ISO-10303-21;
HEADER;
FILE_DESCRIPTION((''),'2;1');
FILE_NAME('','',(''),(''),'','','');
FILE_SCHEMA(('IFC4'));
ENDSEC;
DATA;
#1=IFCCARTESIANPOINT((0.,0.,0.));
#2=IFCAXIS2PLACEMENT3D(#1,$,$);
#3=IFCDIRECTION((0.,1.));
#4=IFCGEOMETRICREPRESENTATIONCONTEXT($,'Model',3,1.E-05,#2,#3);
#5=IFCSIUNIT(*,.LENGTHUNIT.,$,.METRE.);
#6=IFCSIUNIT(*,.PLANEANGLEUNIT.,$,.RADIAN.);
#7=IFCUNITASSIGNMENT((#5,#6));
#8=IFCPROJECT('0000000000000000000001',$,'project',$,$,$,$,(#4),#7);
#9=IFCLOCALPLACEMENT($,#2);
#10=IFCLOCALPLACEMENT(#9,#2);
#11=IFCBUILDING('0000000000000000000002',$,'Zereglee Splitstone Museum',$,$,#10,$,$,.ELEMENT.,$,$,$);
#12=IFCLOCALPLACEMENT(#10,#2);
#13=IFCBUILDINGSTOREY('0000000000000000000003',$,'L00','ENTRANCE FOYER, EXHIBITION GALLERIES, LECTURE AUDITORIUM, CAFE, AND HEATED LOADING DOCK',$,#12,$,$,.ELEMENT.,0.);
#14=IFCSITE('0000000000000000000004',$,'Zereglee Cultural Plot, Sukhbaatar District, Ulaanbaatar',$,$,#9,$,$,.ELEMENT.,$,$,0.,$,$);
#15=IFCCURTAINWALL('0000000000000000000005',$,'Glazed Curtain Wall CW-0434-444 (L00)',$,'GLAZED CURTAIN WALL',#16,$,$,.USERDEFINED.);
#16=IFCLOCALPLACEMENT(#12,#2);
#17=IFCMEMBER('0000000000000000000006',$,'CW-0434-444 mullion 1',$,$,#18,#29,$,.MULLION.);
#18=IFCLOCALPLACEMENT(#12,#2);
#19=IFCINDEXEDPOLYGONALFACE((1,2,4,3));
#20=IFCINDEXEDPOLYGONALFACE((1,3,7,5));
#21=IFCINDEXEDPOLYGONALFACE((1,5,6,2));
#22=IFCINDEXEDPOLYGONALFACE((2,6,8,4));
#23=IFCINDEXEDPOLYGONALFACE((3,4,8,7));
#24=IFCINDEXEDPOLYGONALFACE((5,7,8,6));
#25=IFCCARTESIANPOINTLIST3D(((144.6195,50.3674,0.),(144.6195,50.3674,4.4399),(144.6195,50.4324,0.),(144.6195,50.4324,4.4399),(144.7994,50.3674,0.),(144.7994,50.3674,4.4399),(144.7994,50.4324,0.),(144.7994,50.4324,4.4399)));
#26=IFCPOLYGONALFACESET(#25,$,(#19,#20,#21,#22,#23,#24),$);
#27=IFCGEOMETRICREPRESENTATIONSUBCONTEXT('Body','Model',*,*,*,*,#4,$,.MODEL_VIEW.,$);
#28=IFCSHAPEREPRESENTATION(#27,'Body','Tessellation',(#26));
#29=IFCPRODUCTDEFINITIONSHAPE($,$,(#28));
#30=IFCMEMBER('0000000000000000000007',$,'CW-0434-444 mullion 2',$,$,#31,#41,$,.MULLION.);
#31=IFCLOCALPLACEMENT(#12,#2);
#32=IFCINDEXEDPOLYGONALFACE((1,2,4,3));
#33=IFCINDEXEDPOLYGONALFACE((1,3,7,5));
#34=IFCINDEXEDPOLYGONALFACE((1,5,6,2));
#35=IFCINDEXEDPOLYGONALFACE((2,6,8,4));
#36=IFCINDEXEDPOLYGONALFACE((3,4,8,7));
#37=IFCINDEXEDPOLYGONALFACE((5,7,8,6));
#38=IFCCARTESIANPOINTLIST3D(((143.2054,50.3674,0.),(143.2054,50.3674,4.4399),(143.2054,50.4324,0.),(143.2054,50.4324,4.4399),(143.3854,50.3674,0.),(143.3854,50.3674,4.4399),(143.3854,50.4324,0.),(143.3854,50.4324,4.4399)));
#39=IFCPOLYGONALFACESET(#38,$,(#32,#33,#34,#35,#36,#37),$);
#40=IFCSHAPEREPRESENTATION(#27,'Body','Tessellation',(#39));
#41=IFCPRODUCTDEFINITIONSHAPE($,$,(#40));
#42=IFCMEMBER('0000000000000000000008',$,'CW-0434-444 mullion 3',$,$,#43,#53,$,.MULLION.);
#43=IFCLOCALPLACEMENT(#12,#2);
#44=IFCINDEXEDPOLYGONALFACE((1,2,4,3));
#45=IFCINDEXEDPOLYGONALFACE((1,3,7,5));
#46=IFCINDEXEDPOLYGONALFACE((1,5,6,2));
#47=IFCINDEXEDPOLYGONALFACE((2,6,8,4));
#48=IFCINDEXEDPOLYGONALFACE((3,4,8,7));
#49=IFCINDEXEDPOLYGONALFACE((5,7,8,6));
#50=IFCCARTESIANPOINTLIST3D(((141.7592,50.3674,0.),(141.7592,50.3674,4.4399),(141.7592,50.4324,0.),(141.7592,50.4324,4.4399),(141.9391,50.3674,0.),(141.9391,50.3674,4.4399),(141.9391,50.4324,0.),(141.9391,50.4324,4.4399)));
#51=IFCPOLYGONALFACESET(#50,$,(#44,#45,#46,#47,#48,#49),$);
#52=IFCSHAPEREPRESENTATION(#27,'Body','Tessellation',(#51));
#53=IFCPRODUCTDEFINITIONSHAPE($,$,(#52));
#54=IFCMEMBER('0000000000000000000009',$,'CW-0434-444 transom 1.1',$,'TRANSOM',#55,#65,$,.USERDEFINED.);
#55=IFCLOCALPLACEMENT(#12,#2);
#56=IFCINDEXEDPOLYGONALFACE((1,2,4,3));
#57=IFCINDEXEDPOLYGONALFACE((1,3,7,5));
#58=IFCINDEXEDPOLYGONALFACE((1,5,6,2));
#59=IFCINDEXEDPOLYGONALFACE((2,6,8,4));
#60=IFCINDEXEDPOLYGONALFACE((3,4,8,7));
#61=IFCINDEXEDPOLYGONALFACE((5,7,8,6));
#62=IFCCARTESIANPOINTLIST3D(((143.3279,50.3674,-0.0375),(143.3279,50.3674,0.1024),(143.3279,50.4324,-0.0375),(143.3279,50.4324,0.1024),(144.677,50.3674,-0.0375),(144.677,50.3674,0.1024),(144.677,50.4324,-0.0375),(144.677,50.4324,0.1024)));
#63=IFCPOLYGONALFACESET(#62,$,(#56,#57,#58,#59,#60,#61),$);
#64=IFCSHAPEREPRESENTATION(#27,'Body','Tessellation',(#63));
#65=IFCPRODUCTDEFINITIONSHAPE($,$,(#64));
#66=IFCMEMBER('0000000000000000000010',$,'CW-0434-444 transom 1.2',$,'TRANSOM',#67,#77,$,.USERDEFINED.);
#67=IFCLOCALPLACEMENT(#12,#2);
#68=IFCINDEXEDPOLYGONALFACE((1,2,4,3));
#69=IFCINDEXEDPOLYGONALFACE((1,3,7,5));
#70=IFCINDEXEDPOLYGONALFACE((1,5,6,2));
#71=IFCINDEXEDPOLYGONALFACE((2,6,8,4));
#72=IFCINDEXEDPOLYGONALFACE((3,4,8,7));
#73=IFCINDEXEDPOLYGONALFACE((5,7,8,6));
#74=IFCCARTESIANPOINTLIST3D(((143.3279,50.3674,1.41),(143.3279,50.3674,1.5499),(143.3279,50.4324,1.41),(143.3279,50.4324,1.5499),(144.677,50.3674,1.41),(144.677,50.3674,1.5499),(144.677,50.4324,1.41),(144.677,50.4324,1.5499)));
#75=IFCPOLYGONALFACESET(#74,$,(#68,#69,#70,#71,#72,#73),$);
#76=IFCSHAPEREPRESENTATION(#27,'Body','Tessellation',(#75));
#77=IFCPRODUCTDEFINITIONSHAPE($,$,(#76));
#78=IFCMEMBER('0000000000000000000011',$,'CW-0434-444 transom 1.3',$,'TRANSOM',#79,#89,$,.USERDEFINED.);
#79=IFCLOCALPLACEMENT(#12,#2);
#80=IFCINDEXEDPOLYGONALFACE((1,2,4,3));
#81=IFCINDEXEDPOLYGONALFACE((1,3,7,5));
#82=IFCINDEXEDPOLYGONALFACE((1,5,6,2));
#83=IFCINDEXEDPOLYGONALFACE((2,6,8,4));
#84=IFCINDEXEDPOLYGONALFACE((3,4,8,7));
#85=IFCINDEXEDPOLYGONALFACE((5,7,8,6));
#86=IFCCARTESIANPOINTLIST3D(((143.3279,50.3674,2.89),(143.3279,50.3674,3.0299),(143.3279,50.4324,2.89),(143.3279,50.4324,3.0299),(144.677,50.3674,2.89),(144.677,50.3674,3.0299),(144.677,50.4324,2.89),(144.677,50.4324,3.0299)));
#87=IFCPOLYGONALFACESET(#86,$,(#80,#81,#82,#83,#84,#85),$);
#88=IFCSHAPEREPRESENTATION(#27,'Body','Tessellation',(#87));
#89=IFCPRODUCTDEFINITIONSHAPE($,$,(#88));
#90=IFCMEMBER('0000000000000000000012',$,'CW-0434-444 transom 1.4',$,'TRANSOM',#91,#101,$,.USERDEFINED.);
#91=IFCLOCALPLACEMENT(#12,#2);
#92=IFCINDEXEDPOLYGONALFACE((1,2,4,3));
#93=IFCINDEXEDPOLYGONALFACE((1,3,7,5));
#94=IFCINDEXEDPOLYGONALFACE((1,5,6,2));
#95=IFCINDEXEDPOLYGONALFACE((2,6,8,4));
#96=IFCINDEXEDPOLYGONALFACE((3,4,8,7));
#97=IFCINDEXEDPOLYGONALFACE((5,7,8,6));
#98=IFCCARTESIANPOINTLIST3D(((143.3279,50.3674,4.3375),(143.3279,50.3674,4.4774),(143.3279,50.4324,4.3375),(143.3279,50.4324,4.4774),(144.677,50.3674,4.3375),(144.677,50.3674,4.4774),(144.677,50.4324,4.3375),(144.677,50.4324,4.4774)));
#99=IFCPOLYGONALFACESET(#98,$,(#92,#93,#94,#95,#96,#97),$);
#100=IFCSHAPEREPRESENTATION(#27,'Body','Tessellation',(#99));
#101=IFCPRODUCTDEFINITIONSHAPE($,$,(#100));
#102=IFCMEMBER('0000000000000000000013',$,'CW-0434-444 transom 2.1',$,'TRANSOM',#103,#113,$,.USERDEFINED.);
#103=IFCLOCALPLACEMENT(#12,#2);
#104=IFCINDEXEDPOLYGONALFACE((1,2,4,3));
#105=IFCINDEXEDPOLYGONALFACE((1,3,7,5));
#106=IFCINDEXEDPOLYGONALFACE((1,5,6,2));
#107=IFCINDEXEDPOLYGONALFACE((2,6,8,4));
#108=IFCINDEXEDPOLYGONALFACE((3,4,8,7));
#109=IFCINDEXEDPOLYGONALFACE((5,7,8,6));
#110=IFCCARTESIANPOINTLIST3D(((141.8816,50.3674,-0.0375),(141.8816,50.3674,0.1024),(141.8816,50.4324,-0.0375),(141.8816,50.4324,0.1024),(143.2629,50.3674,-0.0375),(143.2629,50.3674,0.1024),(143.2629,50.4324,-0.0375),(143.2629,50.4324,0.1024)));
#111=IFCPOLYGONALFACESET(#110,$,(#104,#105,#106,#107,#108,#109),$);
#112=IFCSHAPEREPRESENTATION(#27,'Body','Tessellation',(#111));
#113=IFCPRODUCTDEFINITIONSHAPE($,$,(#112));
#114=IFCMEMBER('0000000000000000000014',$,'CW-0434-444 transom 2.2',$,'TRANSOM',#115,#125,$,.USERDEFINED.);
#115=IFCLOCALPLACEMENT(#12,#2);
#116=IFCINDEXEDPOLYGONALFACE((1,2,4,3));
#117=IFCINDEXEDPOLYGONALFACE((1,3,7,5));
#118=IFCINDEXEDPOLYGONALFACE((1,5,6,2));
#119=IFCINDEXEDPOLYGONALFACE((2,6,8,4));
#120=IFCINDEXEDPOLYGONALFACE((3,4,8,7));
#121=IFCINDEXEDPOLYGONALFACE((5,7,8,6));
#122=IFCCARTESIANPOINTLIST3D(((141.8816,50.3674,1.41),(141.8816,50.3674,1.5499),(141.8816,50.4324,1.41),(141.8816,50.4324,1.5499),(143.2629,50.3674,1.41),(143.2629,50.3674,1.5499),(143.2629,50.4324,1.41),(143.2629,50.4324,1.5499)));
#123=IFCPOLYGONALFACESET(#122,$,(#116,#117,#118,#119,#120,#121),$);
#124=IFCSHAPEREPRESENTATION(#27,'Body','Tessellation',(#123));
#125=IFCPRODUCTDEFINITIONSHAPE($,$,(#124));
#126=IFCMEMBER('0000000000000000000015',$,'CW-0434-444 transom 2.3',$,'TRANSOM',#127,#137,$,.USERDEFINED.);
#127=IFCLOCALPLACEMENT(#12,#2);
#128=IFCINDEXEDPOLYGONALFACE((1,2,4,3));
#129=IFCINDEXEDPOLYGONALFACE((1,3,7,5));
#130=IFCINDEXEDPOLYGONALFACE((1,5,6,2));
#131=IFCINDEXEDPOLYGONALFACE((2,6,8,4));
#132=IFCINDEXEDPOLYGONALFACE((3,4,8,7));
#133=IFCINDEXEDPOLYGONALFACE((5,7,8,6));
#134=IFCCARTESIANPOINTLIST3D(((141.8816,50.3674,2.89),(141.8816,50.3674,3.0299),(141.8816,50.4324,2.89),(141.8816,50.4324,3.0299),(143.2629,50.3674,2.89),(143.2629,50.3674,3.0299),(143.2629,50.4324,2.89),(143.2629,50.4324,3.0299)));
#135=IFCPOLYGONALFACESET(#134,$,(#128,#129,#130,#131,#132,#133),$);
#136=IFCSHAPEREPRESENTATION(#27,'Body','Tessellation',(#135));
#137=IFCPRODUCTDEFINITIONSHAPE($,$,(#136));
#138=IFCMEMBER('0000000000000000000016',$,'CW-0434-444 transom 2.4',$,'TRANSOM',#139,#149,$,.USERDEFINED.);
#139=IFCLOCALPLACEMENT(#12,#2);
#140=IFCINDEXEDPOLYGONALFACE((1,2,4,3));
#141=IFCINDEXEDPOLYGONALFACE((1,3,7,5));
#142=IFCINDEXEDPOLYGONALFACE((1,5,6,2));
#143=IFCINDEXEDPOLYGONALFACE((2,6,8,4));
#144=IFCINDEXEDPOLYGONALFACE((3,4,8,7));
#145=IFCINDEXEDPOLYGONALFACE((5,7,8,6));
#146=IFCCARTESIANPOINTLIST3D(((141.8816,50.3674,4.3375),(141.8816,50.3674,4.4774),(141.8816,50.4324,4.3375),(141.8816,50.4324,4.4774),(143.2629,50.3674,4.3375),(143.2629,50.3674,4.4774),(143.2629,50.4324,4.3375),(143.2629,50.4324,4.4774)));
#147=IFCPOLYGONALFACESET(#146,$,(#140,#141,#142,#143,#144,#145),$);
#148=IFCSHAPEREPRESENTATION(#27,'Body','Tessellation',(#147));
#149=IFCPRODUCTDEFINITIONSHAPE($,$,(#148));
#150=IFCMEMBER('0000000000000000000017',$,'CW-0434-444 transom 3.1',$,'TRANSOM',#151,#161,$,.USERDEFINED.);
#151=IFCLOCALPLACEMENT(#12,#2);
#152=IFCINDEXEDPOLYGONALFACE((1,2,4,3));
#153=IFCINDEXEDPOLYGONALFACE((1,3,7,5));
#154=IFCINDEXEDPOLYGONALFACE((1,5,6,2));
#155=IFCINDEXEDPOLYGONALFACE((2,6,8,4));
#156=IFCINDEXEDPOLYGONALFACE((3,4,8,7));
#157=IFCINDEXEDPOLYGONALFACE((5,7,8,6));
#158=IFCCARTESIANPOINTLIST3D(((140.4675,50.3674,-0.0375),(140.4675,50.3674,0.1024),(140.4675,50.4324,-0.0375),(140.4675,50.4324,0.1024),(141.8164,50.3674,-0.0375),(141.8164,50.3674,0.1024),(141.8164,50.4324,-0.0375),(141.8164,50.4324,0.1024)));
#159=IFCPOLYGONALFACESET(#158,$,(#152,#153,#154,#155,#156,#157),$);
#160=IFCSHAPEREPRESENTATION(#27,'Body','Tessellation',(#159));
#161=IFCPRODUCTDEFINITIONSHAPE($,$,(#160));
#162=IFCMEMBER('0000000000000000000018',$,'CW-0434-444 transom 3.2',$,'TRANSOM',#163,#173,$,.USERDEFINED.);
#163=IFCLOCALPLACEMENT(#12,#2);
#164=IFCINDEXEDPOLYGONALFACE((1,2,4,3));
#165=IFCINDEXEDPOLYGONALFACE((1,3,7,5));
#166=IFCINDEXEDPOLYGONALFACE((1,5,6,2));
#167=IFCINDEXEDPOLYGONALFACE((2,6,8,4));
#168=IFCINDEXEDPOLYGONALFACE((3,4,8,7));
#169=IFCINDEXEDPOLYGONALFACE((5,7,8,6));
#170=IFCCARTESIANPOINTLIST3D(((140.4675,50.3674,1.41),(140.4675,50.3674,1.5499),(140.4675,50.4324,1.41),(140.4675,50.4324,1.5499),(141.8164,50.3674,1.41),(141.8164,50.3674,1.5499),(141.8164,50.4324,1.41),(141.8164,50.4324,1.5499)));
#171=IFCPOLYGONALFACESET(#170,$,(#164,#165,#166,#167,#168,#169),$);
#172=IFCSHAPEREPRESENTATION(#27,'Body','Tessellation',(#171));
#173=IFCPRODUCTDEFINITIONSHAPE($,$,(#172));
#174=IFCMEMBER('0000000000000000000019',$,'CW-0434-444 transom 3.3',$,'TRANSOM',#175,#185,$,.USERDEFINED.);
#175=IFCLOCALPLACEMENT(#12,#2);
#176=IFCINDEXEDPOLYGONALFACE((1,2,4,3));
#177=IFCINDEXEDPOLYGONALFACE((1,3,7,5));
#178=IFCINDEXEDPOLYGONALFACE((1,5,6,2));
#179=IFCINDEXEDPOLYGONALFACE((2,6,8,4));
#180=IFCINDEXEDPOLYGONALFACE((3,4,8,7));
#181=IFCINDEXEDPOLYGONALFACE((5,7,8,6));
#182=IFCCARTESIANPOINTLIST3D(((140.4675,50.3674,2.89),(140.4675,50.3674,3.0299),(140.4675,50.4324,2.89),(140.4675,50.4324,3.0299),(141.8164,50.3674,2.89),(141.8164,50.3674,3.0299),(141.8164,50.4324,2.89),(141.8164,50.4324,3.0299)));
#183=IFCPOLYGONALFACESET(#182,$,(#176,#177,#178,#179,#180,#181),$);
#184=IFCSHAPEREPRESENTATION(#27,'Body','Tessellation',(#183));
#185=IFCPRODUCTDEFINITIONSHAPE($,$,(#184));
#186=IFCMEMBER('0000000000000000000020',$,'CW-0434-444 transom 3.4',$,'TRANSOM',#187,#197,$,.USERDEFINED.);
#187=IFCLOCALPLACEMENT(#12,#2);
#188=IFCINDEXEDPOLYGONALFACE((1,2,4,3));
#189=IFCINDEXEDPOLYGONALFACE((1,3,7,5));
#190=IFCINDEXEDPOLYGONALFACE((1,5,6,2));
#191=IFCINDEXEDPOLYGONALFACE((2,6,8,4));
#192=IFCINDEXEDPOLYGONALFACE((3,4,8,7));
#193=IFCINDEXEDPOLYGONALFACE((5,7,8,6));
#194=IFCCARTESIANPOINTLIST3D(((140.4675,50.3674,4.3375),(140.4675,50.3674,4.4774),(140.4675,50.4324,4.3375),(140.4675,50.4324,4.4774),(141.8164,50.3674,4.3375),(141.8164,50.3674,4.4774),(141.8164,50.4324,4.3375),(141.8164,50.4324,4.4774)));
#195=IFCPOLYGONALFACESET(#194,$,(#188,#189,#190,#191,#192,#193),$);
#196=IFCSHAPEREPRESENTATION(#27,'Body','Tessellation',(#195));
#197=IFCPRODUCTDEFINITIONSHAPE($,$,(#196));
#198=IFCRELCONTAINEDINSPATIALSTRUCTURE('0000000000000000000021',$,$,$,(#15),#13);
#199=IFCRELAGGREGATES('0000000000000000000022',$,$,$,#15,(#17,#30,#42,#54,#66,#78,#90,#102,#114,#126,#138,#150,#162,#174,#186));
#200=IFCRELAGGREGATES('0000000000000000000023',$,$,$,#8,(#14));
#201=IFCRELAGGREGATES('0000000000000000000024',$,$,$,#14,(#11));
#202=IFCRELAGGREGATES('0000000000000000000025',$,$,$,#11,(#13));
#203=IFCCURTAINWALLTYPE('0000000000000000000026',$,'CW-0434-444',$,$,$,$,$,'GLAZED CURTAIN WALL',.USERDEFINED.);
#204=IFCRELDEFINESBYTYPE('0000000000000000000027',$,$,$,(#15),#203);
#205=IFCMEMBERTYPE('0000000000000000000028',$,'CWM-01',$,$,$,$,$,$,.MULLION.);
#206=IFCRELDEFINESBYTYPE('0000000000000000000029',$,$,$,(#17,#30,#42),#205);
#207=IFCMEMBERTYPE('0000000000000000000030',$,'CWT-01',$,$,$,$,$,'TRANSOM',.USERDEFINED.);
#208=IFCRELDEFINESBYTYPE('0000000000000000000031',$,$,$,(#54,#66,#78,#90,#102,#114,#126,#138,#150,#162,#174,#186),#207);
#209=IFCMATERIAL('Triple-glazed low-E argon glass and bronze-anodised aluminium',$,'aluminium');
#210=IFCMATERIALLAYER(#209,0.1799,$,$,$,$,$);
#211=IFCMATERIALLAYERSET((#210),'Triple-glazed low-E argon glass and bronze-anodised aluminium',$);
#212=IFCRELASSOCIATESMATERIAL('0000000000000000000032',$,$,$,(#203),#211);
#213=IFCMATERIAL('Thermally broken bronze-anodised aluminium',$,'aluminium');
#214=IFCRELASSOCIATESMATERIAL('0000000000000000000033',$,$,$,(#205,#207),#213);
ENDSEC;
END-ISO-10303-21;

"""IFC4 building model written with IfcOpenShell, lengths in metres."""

from ifc_helpers import new_model, si_unit, direction, frame, origin, origin_2d, place, context, subcontext, project, spatial, rectangle, extrude, material, layer, layer_set, material_profile, profile_set, type_object, element, aggregate, save


model = new_model("IFC4")

# Units and contexts
model_context = context("Model", 3, precision=1e-05, world=origin(), true_north=direction((0.0, 1.0)))
body_context = subcontext(model_context, "Body", "Model", "MODEL_VIEW")
ifc_project = project(units=[si_unit("LENGTHUNIT", "METRE"), si_unit("PLANEANGLEUNIT", "RADIAN")], contexts=[model_context])

# Site, building, storey
site_placement = place(None, origin())
site = spatial("IfcSite", under=ifc_project, at=site_placement, Name="Zereglee Cultural Plot, Sukhbaatar District, Ulaanbaatar", CompositionType="ELEMENT", RefElevation=0.0)
building_placement = place(site_placement, origin())
building = spatial("IfcBuilding", under=site, at=building_placement, Name="Zereglee Splitstone Museum", CompositionType="ELEMENT")
storey_placement = place(building_placement, origin())
storey = spatial("IfcBuildingStorey", under=building, at=storey_placement, Name="L00", Description="ENTRANCE FOYER, EXHIBITION GALLERIES, LECTURE AUDITORIUM, CAFE, AND HEATED LOADING DOCK", CompositionType="ELEMENT", Elevation=0.0)

# Curtain wall, members
ifc_material_1 = material(Name="Triple-glazed low-E argon glass and bronze-anodised aluminium", Category="aluminium")
ifc_layer_1 = layer(ifc_material_1, 0.1799)
ifc_layer_set_1 = layer_set([ifc_layer_1], Name="Triple-glazed low-E argon glass and bronze-anodised aluminium")
curtain_wall_type = type_object("IfcCurtainWallType", Name="CW-0434-444", ElementType="GLAZED CURTAIN WALL", PredefinedType="USERDEFINED", material=ifc_layer_set_1)
curtain_wall_placement = place(storey_placement, origin())
curtain_wall = element("IfcCurtainWall", 1, at=curtain_wall_placement, inside=storey, type_object=curtain_wall_type, Name="Glazed Curtain Wall CW-0434-444 (L00)", ObjectType="GLAZED CURTAIN WALL", PredefinedType="USERDEFINED")
ifc_material_2 = material(Name="Thermally broken bronze-anodised aluminium", Category="aluminium")
ifc_material_profile_1 = material_profile(ifc_material_2, rectangle(XDim=0.0649, YDim=0.1799, at=origin_2d()), Name="CW MULL 65x180")
ifc_profile_set_1 = profile_set([ifc_material_profile_1], Name="Thermally broken bronze-anodised aluminium")
member_type_1 = type_object("IfcMemberType", Name="CWM-01", PredefinedType="MULLION", material=ifc_profile_set_1)
member_1_placement = place(storey_placement, frame((144.7095, 50.3999, 0.0), z_axis=(0.0, 0.0, 1.0), x_axis=(0.0, -1.0, 0.0)))
member_1 = element("IfcMember", 2, at=member_1_placement, type_object=member_type_1, Name="CW-0434-444 mullion 1", PredefinedType="MULLION", context=body_context, shape_type="SweptSolid", body=[
    extrude(rectangle(XDim=0.0649, YDim=0.1799, at=origin_2d()), origin(), (0.0, 0.0, 1.0), 4.4399),
])
member_2_placement = place(storey_placement, frame((143.2954, 50.3999, 0.0), z_axis=(0.0, 0.0, 1.0), x_axis=(0.0, -1.0, 0.0)))
member_2 = element("IfcMember", 3, at=member_2_placement, type_object=member_type_1, Name="CW-0434-444 mullion 2", PredefinedType="MULLION", context=body_context, shape_type="SweptSolid", body=[
    extrude(rectangle(XDim=0.0649, YDim=0.1799, at=origin_2d()), origin(), (0.0, 0.0, 1.0), 4.4399),
])
member_3_placement = place(storey_placement, frame((141.8491, 50.3999, 0.0), z_axis=(0.0, 0.0, 1.0), x_axis=(0.0, -1.0, 0.0)))
member_3 = element("IfcMember", 4, at=member_3_placement, type_object=member_type_1, Name="CW-0434-444 mullion 3", PredefinedType="MULLION", context=body_context, shape_type="SweptSolid", body=[
    extrude(rectangle(XDim=0.0649, YDim=0.1799, at=origin_2d()), origin(), (0.0, 0.0, 1.0), 4.4399),
])
ifc_material_profile_2 = material_profile(ifc_material_2, rectangle(XDim=0.0649, YDim=0.1399, at=origin_2d()), Name="CW TRAN 65x140")
ifc_profile_set_2 = profile_set([ifc_material_profile_2], Name="Thermally broken bronze-anodised aluminium")
member_type_2 = type_object("IfcMemberType", Name="CWT-01", ElementType="TRANSOM", PredefinedType="USERDEFINED", material=ifc_profile_set_2)
member_4_placement = place(storey_placement, frame((144.677, 50.3999, 0.0325), z_axis=(-1.0, 0.0, 0.0), x_axis=(0.0, -1.0, 0.0)))
member_4 = element("IfcMember", 5, at=member_4_placement, type_object=member_type_2, Name="CW-0434-444 transom 1.1", ObjectType="TRANSOM", PredefinedType="USERDEFINED", context=body_context, shape_type="SweptSolid", body=[
    extrude(rectangle(XDim=0.0649, YDim=0.1399, at=origin_2d()), origin(), (0.0, 0.0, 1.0), 1.3491),
])
member_5_placement = place(storey_placement, frame((144.677, 50.3999, 1.48), z_axis=(-1.0, 0.0, 0.0), x_axis=(0.0, -1.0, 0.0)))
member_5 = element("IfcMember", 6, at=member_5_placement, type_object=member_type_2, Name="CW-0434-444 transom 1.2", ObjectType="TRANSOM", PredefinedType="USERDEFINED", context=body_context, shape_type="SweptSolid", body=[
    extrude(rectangle(XDim=0.0649, YDim=0.1399, at=origin_2d()), origin(), (0.0, 0.0, 1.0), 1.3491),
])
member_6_placement = place(storey_placement, frame((144.677, 50.3999, 2.96), z_axis=(-1.0, 0.0, 0.0), x_axis=(0.0, -1.0, 0.0)))
member_6 = element("IfcMember", 7, at=member_6_placement, type_object=member_type_2, Name="CW-0434-444 transom 1.3", ObjectType="TRANSOM", PredefinedType="USERDEFINED", context=body_context, shape_type="SweptSolid", body=[
    extrude(rectangle(XDim=0.0649, YDim=0.1399, at=origin_2d()), origin(), (0.0, 0.0, 1.0), 1.3491),
])
member_7_placement = place(storey_placement, frame((144.677, 50.3999, 4.4075), z_axis=(-1.0, 0.0, 0.0), x_axis=(0.0, -1.0, 0.0)))
member_7 = element("IfcMember", 8, at=member_7_placement, type_object=member_type_2, Name="CW-0434-444 transom 1.4", ObjectType="TRANSOM", PredefinedType="USERDEFINED", context=body_context, shape_type="SweptSolid", body=[
    extrude(rectangle(XDim=0.0649, YDim=0.1399, at=origin_2d()), origin(), (0.0, 0.0, 1.0), 1.3491),
])
member_8_placement = place(storey_placement, frame((143.2629, 50.3999, 0.0325), z_axis=(-1.0, 0.0, 0.0), x_axis=(0.0, -1.0, 0.0)))
member_8 = element("IfcMember", 9, at=member_8_placement, type_object=member_type_2, Name="CW-0434-444 transom 2.1", ObjectType="TRANSOM", PredefinedType="USERDEFINED", context=body_context, shape_type="SweptSolid", body=[
    extrude(rectangle(XDim=0.0649, YDim=0.1399, at=origin_2d()), origin(), (0.0, 0.0, 1.0), 1.3813),
])
member_9_placement = place(storey_placement, frame((143.2629, 50.3999, 1.48), z_axis=(-1.0, 0.0, 0.0), x_axis=(0.0, -1.0, 0.0)))
member_9 = element("IfcMember", 10, at=member_9_placement, type_object=member_type_2, Name="CW-0434-444 transom 2.2", ObjectType="TRANSOM", PredefinedType="USERDEFINED", context=body_context, shape_type="SweptSolid", body=[
    extrude(rectangle(XDim=0.0649, YDim=0.1399, at=origin_2d()), origin(), (0.0, 0.0, 1.0), 1.3813),
])
member_10_placement = place(storey_placement, frame((143.2629, 50.3999, 2.96), z_axis=(-1.0, 0.0, 0.0), x_axis=(0.0, -1.0, 0.0)))
member_10 = element("IfcMember", 11, at=member_10_placement, type_object=member_type_2, Name="CW-0434-444 transom 2.3", ObjectType="TRANSOM", PredefinedType="USERDEFINED", context=body_context, shape_type="SweptSolid", body=[
    extrude(rectangle(XDim=0.0649, YDim=0.1399, at=origin_2d()), origin(), (0.0, 0.0, 1.0), 1.3813),
])
member_11_placement = place(storey_placement, frame((143.2629, 50.3999, 4.4075), z_axis=(-1.0, 0.0, 0.0), x_axis=(0.0, -1.0, 0.0)))
member_11 = element("IfcMember", 12, at=member_11_placement, type_object=member_type_2, Name="CW-0434-444 transom 2.4", ObjectType="TRANSOM", PredefinedType="USERDEFINED", context=body_context, shape_type="SweptSolid", body=[
    extrude(rectangle(XDim=0.0649, YDim=0.1399, at=origin_2d()), origin(), (0.0, 0.0, 1.0), 1.3813),
])
member_12_placement = place(storey_placement, frame((141.8164, 50.3999, 0.0325), z_axis=(-1.0, 0.0, 0.0), x_axis=(0.0, -1.0, 0.0)))
member_12 = element("IfcMember", 13, at=member_12_placement, type_object=member_type_2, Name="CW-0434-444 transom 3.1", ObjectType="TRANSOM", PredefinedType="USERDEFINED", context=body_context, shape_type="SweptSolid", body=[
    extrude(rectangle(XDim=0.0649, YDim=0.1399, at=origin_2d()), origin(), (0.0, 0.0, 1.0), 1.3489),
])
member_13_placement = place(storey_placement, frame((141.8164, 50.3999, 1.48), z_axis=(-1.0, 0.0, 0.0), x_axis=(0.0, -1.0, 0.0)))
member_13 = element("IfcMember", 14, at=member_13_placement, type_object=member_type_2, Name="CW-0434-444 transom 3.2", ObjectType="TRANSOM", PredefinedType="USERDEFINED", context=body_context, shape_type="SweptSolid", body=[
    extrude(rectangle(XDim=0.0649, YDim=0.1399, at=origin_2d()), origin(), (0.0, 0.0, 1.0), 1.3489),
])
member_14_placement = place(storey_placement, frame((141.8164, 50.3999, 2.96), z_axis=(-1.0, 0.0, 0.0), x_axis=(0.0, -1.0, 0.0)))
member_14 = element("IfcMember", 15, at=member_14_placement, type_object=member_type_2, Name="CW-0434-444 transom 3.3", ObjectType="TRANSOM", PredefinedType="USERDEFINED", context=body_context, shape_type="SweptSolid", body=[
    extrude(rectangle(XDim=0.0649, YDim=0.1399, at=origin_2d()), origin(), (0.0, 0.0, 1.0), 1.3489),
])
member_15_placement = place(storey_placement, frame((141.8164, 50.3999, 4.4075), z_axis=(-1.0, 0.0, 0.0), x_axis=(0.0, -1.0, 0.0)))
member_15 = element("IfcMember", 16, at=member_15_placement, type_object=member_type_2, Name="CW-0434-444 transom 3.4", ObjectType="TRANSOM", PredefinedType="USERDEFINED", context=body_context, shape_type="SweptSolid", body=[
    extrude(rectangle(XDim=0.0649, YDim=0.1399, at=origin_2d()), origin(), (0.0, 0.0, 1.0), 1.3489),
])
aggregate(curtain_wall, [member_1, member_2, member_3, member_4, member_5, member_6, member_7, member_8, member_9, member_10, member_11, member_12, member_13, member_14, member_15])

save(model, "model.ifc")
